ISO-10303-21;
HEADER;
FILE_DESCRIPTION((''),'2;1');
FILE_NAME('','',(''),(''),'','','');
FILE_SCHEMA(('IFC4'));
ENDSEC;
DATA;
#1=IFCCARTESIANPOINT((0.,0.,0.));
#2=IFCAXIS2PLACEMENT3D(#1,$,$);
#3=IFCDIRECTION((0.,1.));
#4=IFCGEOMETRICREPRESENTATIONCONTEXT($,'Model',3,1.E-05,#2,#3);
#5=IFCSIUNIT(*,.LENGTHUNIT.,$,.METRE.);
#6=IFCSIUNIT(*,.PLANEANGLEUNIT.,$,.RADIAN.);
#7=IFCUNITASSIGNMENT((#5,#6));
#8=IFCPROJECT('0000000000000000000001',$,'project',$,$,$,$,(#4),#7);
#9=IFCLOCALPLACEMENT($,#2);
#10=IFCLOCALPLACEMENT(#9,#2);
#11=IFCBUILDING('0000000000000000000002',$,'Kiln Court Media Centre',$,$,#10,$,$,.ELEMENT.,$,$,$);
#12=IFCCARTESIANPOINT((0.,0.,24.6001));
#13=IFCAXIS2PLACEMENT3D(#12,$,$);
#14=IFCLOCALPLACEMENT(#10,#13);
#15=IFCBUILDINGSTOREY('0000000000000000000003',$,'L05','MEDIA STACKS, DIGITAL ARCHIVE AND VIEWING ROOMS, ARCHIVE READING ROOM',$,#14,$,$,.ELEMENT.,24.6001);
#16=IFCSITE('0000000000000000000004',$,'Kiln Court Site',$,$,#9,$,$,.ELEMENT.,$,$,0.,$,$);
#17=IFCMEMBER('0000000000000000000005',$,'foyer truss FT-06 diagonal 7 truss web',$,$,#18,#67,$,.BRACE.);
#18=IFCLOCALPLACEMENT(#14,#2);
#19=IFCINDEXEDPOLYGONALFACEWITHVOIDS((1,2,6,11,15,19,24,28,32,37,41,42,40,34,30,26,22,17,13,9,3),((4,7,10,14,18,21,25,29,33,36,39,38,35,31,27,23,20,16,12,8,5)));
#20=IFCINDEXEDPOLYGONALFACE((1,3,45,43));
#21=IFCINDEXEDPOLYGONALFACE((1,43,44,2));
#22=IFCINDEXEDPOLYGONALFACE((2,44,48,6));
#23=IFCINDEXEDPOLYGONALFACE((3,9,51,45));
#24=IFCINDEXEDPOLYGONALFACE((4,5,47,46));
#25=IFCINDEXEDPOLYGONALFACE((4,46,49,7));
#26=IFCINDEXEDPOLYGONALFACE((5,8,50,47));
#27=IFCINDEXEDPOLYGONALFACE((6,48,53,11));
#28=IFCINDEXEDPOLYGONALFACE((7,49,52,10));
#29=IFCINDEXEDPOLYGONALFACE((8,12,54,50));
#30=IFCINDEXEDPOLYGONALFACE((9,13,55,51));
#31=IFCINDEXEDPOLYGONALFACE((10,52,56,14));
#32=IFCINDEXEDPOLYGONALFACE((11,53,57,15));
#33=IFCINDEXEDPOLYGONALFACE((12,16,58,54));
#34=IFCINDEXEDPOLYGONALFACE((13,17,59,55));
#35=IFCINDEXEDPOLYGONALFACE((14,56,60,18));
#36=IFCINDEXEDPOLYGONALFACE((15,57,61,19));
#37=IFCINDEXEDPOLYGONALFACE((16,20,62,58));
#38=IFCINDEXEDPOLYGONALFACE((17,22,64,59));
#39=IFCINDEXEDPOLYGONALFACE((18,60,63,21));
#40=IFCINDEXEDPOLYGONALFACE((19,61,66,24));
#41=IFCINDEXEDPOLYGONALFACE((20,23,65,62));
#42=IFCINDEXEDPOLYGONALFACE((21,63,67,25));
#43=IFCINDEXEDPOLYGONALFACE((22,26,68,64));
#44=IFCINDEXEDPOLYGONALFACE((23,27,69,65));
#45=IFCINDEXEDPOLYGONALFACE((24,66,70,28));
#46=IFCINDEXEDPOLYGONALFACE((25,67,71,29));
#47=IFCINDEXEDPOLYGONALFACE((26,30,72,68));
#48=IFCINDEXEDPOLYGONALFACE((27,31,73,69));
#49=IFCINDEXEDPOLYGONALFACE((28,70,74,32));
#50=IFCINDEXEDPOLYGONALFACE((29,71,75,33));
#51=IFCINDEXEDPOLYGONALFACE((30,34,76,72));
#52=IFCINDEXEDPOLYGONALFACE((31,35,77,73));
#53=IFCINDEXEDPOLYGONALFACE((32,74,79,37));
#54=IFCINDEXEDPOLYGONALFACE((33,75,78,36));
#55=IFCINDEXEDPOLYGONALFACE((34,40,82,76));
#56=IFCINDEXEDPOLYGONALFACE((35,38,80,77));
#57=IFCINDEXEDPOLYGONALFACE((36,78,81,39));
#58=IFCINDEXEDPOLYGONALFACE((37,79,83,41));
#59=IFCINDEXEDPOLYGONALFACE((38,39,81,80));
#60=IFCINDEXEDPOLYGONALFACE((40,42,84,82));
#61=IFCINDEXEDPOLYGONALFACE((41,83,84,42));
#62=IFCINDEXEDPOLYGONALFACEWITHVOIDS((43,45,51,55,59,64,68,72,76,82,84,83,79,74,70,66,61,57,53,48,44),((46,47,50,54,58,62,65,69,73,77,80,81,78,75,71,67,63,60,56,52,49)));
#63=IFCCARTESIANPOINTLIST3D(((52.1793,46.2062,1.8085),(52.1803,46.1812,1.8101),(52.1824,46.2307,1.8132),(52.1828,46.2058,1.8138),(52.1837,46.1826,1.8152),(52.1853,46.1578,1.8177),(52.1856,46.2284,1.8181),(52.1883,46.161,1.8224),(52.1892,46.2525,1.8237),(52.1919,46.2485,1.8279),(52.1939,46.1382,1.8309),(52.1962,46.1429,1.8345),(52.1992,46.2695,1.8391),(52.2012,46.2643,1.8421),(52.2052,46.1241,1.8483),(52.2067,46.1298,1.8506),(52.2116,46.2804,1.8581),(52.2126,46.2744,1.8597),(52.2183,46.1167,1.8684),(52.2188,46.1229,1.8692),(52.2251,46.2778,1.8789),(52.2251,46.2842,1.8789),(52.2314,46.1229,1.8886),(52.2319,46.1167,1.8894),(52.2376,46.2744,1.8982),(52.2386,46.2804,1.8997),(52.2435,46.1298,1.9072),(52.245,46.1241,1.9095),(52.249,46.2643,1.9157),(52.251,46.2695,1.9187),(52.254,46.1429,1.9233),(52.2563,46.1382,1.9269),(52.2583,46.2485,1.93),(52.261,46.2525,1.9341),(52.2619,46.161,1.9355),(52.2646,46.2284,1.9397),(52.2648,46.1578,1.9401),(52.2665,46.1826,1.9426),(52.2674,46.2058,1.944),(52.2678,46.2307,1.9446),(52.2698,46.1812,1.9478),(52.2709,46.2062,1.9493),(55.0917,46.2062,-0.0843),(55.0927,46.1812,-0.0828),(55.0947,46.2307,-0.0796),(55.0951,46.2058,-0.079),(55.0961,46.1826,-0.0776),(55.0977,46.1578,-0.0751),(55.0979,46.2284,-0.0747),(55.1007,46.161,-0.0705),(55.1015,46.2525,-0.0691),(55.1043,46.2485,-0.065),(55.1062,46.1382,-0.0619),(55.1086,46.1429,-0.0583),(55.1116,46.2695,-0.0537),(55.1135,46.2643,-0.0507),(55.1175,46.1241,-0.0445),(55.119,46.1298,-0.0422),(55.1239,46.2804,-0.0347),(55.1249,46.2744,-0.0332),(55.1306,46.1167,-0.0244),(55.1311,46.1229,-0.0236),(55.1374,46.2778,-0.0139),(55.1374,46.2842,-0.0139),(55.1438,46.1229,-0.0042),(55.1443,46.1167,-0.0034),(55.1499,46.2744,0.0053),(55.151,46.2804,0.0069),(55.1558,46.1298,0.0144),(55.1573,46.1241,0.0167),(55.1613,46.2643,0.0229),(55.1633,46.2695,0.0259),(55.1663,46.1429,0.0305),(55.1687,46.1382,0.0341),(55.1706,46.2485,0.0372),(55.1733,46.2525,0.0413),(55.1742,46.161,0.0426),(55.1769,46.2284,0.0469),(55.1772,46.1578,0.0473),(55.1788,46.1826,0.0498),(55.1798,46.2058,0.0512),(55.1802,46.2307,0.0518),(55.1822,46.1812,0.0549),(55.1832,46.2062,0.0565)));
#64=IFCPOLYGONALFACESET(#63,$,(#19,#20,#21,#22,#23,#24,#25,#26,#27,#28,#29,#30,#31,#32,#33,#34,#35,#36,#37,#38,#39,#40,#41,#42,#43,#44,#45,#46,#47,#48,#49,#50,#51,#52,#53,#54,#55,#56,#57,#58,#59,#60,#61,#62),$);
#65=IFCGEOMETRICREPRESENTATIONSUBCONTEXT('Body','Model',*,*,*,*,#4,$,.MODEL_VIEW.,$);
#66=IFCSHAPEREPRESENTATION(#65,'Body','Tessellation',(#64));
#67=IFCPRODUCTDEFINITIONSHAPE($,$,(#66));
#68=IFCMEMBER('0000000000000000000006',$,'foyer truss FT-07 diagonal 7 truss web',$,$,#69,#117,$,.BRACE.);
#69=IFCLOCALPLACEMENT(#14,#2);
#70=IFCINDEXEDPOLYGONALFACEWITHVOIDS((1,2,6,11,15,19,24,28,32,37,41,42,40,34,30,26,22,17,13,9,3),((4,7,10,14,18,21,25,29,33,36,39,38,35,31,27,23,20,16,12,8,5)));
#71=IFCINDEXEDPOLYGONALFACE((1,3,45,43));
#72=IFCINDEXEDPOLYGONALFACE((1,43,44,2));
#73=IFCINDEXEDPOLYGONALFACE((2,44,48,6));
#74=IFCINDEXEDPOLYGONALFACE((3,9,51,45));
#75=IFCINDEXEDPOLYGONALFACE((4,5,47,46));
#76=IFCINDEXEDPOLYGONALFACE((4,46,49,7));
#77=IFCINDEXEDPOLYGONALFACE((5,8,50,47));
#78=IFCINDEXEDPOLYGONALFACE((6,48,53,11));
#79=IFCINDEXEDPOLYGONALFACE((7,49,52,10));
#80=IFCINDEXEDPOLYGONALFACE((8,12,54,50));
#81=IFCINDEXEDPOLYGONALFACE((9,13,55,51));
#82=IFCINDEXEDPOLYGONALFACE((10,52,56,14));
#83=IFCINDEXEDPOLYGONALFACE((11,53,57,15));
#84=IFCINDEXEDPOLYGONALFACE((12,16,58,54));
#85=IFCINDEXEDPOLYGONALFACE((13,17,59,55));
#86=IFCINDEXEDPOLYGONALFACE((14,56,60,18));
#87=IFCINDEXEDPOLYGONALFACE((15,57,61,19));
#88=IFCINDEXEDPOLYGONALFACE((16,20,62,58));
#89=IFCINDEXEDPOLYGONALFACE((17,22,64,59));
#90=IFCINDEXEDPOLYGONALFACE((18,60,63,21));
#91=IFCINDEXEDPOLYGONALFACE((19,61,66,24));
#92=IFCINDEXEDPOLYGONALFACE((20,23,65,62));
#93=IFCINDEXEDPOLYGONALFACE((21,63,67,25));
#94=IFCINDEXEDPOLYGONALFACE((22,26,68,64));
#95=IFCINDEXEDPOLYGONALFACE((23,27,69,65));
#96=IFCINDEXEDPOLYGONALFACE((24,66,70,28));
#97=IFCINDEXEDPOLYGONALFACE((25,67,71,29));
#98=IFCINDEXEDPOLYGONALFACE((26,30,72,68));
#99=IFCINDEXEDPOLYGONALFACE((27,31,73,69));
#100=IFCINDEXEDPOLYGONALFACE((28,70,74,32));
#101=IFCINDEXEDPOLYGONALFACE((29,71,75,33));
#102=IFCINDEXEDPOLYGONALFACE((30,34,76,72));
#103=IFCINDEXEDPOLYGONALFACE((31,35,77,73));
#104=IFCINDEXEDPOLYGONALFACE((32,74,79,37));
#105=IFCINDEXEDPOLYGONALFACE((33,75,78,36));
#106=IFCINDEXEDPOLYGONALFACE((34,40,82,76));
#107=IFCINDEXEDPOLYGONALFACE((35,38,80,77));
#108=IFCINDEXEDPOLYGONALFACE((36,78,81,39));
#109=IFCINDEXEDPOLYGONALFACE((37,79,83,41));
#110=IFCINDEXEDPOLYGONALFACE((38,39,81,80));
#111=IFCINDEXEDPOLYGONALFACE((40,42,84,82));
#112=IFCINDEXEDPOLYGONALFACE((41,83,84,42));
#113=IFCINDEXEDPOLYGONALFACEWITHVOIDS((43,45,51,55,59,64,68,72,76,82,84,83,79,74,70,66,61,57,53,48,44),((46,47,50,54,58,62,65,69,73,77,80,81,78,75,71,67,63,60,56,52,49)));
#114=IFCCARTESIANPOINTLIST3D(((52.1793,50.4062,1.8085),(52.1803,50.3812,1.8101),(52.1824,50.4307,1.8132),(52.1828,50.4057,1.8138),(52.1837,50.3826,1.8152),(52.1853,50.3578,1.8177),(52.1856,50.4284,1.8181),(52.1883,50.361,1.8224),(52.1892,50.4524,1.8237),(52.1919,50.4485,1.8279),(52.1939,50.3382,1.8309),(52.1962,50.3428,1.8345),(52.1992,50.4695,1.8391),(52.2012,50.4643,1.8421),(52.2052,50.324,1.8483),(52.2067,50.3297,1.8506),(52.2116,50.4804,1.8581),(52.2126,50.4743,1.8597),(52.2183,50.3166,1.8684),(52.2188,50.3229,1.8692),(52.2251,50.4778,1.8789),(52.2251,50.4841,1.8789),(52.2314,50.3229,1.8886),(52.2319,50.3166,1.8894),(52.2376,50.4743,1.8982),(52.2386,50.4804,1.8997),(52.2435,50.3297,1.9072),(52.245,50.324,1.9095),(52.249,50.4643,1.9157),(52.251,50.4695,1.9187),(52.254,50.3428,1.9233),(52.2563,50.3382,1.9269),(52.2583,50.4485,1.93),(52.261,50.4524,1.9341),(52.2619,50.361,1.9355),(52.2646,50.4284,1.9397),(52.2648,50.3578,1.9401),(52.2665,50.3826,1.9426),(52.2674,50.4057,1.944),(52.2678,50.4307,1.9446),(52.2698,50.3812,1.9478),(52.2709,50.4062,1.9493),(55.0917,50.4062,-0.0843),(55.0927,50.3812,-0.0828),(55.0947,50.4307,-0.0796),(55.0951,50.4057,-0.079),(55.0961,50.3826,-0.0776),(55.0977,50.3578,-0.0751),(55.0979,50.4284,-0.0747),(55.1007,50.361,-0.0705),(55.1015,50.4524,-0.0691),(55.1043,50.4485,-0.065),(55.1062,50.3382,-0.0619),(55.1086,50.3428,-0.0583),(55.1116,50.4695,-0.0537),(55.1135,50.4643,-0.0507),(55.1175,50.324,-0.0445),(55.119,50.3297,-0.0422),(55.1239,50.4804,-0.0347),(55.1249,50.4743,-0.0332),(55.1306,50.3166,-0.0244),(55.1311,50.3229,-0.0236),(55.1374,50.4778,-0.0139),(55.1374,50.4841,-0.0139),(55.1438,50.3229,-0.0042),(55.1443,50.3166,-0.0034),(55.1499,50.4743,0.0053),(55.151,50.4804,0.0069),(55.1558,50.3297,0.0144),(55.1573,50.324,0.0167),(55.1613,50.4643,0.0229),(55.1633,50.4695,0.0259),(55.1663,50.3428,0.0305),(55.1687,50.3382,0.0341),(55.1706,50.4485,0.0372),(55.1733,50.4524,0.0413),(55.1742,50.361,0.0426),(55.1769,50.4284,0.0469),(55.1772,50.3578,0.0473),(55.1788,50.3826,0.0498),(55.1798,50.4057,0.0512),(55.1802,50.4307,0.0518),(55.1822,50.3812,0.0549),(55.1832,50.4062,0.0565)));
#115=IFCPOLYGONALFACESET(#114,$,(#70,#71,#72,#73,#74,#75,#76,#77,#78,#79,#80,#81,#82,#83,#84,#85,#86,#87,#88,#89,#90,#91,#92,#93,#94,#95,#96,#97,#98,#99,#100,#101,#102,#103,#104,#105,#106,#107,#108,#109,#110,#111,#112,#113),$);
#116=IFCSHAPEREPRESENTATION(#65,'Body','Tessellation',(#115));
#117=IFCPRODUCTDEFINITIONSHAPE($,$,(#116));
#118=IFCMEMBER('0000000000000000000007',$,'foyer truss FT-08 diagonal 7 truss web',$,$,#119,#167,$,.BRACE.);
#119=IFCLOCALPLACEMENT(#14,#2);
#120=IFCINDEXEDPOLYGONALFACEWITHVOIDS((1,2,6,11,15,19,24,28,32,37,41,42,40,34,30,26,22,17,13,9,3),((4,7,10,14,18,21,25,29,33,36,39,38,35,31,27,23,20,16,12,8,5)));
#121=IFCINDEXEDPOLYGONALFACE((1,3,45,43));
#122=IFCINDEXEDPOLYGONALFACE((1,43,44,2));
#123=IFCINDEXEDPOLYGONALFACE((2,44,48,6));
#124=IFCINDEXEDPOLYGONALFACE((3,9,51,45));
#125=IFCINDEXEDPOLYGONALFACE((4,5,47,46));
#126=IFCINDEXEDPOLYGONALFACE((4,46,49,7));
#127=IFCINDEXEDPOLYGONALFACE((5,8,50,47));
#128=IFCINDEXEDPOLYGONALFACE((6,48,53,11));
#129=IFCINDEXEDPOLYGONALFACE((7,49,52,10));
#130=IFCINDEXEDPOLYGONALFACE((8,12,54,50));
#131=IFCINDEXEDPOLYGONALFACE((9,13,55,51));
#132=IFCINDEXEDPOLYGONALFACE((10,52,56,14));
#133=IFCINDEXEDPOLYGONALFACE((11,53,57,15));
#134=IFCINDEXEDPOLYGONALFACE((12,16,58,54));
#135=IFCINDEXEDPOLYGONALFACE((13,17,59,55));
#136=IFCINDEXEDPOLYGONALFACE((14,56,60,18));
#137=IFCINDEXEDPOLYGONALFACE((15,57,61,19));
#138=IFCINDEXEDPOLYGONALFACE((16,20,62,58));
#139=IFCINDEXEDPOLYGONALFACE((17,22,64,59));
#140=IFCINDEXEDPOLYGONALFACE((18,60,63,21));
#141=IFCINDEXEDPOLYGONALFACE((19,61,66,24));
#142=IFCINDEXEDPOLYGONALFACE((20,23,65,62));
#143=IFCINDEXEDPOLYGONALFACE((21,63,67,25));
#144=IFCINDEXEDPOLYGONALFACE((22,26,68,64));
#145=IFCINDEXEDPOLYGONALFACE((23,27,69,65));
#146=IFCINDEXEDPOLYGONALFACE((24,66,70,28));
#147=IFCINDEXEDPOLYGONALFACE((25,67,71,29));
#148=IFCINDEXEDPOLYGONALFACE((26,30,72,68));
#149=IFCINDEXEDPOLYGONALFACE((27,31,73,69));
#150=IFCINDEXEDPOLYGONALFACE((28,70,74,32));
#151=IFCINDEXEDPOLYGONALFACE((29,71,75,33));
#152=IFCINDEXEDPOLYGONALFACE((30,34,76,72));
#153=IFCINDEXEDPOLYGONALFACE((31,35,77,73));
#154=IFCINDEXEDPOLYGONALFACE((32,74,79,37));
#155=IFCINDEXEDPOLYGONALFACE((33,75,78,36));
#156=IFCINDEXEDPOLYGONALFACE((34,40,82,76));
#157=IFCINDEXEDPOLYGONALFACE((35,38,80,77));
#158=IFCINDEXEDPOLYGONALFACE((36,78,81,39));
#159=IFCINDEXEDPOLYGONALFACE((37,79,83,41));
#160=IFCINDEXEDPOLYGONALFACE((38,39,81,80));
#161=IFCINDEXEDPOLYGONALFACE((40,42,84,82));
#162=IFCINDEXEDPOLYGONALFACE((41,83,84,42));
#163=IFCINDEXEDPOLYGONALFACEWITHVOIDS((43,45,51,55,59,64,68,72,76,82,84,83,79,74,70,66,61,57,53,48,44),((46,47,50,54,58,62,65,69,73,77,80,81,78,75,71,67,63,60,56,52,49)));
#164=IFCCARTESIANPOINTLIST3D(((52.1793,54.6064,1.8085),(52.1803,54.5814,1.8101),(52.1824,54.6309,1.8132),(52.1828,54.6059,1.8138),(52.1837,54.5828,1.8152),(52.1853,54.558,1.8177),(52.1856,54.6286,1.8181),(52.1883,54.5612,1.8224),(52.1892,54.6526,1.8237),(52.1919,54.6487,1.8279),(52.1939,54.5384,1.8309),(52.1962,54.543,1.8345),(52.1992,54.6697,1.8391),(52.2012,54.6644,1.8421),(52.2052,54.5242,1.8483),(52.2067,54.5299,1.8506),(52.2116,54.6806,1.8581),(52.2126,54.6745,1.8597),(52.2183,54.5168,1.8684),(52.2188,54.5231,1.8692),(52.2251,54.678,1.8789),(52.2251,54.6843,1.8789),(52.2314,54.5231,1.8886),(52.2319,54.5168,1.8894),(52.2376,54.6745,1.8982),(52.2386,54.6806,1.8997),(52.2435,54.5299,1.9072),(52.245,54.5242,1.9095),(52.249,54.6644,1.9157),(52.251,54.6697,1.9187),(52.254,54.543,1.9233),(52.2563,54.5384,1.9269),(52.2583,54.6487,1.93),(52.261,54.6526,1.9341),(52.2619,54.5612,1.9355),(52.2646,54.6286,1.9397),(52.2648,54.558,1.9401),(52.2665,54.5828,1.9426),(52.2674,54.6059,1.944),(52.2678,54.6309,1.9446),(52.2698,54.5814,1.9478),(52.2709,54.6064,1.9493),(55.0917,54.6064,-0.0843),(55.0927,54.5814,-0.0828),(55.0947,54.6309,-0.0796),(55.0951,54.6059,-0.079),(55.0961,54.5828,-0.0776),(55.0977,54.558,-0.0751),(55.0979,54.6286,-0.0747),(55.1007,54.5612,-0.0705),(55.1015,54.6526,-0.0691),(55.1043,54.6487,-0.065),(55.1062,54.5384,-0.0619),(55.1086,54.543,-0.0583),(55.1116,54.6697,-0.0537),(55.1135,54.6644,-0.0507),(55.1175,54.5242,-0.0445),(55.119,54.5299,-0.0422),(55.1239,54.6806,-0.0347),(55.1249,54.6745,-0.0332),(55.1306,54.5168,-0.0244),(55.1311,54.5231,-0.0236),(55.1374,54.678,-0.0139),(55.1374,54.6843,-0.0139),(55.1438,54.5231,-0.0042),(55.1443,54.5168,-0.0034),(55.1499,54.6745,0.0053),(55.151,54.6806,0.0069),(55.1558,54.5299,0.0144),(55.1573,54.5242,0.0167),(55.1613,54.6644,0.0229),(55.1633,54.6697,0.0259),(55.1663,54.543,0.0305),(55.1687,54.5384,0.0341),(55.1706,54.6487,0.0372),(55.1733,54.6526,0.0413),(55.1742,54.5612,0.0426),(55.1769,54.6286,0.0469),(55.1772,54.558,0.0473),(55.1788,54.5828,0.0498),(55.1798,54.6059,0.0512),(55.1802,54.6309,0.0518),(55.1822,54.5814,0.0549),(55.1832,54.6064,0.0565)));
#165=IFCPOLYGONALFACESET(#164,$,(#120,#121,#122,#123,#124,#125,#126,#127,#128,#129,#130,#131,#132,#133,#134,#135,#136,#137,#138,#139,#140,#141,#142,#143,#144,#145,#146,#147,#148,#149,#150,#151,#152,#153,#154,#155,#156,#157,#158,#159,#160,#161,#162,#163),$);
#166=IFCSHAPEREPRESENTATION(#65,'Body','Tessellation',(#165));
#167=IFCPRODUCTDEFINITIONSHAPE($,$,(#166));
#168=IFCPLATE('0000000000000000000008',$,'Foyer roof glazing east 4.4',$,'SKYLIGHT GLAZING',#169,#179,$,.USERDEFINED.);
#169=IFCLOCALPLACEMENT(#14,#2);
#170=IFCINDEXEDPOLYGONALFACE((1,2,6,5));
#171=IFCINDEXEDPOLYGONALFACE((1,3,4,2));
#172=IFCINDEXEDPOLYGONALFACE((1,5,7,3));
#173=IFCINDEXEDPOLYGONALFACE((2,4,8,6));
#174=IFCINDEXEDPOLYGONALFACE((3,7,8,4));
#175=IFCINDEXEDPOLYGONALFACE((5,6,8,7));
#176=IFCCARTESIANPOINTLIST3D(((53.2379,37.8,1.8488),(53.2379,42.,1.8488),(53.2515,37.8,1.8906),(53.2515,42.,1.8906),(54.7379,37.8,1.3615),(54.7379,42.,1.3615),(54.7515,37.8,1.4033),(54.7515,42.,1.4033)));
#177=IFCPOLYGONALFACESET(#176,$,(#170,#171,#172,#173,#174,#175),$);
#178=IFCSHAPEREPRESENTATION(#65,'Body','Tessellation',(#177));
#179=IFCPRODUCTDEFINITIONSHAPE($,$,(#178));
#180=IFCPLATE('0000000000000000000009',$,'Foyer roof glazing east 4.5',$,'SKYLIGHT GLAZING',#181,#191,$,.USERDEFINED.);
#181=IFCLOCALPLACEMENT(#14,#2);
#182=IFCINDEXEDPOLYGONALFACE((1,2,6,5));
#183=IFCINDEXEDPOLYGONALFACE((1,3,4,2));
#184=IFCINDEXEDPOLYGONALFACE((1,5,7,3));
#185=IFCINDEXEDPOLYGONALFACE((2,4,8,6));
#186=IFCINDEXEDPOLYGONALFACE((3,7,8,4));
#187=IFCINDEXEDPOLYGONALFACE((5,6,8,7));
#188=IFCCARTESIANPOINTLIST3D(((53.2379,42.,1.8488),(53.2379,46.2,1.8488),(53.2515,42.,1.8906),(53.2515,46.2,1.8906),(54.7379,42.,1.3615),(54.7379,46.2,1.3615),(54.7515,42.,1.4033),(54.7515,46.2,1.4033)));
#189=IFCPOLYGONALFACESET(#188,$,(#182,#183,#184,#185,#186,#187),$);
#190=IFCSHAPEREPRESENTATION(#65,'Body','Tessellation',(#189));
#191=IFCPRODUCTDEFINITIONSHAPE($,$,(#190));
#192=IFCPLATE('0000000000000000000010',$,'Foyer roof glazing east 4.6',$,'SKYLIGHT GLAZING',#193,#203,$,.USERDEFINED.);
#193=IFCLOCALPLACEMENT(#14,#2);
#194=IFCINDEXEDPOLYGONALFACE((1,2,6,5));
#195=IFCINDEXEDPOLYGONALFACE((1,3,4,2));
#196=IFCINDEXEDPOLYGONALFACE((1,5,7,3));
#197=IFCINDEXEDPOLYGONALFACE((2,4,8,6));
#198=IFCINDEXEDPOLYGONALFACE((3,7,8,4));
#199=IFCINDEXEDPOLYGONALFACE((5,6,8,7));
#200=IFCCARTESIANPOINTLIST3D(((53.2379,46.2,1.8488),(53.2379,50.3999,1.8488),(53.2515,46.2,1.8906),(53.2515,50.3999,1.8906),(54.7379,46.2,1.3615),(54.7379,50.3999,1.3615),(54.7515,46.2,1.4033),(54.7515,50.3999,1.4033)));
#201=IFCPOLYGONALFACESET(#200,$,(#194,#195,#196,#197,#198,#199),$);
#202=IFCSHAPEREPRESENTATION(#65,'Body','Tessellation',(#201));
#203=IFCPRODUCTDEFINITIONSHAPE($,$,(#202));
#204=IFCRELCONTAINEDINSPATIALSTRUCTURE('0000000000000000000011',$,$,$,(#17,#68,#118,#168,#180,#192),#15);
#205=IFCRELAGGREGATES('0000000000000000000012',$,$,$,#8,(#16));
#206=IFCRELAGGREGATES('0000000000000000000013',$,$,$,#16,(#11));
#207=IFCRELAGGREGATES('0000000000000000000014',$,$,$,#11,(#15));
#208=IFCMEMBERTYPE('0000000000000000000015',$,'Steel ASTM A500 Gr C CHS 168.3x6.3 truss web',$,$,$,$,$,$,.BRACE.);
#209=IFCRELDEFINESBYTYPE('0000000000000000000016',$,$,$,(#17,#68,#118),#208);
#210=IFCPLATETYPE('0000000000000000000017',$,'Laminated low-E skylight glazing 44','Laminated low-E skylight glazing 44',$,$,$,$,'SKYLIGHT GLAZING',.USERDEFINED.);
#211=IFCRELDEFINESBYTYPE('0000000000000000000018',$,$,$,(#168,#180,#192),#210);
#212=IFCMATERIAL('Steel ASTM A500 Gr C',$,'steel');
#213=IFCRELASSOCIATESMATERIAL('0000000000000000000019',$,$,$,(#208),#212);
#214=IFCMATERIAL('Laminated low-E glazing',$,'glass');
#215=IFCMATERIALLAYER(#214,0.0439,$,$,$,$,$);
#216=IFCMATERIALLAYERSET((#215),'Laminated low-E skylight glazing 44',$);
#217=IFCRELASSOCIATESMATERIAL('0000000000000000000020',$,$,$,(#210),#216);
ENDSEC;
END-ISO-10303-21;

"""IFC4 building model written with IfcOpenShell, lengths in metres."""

from ifc_helpers import new_model, si_unit, direction, frame, origin, origin_2d, place, context, subcontext, project, spatial, polyline, hollow_circle, outline, extrude, material, layer, layer_set, material_profile, profile_set, type_object, element, save


model = new_model("IFC4")

# Units and contexts
model_context = context("Model", 3, precision=1e-05, world=origin(), true_north=direction((0.0, 1.0)))
body_context = subcontext(model_context, "Body", "Model", "MODEL_VIEW")
ifc_project = project(units=[si_unit("LENGTHUNIT", "METRE"), si_unit("PLANEANGLEUNIT", "RADIAN")], contexts=[model_context])

# Site, building, storey
site_placement = place(None, origin())
site = spatial("IfcSite", under=ifc_project, at=site_placement, Name="Kiln Court Site", CompositionType="ELEMENT", RefElevation=0.0)
building_placement = place(site_placement, origin())
building = spatial("IfcBuilding", under=site, at=building_placement, Name="Kiln Court Media Centre", CompositionType="ELEMENT")
storey_placement = place(building_placement, frame((0.0, 0.0, 24.6001)))
storey = spatial("IfcBuildingStorey", under=building, at=storey_placement, Name="L05", Description="MEDIA STACKS, DIGITAL ARCHIVE AND VIEWING ROOMS, ARCHIVE READING ROOM", CompositionType="ELEMENT", Elevation=24.6001)

# Members
ifc_material_1 = material(Name="Steel ASTM A500 Gr C", Category="steel")
ifc_material_profile_1 = material_profile(ifc_material_1, hollow_circle(Radius=0.0842, WallThickness=0.0063, at=origin_2d()), Name="CHS 168.3x6.3")
ifc_profile_set_1 = profile_set([ifc_material_profile_1], Name="Steel ASTM A500 Gr C")
member_type_1 = type_object("IfcMemberType", Name="Steel ASTM A500 Gr C CHS 168.3x6.3 truss web", PredefinedType="BRACE", material=ifc_profile_set_1)
for number, where, z_axis, x_axis, name in (
    (1, (52.2251, 46.2, 1.8789), (0.838471, 0.0, -0.544946), (0.0, 1.0, 0.0), "foyer truss FT-06 diagonal 7 truss web"),
    (2, (52.2251, 50.3999, 1.8789), (0.838471, 0.0, -0.544946), (0.0, 1.0, 0.0), "foyer truss FT-07 diagonal 7 truss web"),
    (3, (52.2251, 54.6001, 1.8789), (0.838471, 0.0, -0.544946), (0.0, 1.0, 0.0), "foyer truss FT-08 diagonal 7 truss web"),
):
    element("IfcMember", number, at=place(storey_placement, frame(where, z_axis=z_axis, x_axis=x_axis)), inside=storey, type_object=member_type_1, Name=name, PredefinedType="BRACE", context=body_context, shape_type="SweptSolid", body=[
        extrude(hollow_circle(Radius=0.0842, WallThickness=0.0063, at=origin_2d()), origin(), (0.0, 0.0, 1.0), 3.4734),
    ])

# Plates
ifc_material_2 = material(Name="Laminated low-E glazing", Category="glass")
ifc_layer_1 = layer(ifc_material_2, 0.0439)
ifc_layer_set_1 = layer_set([ifc_layer_1], Name="Laminated low-E skylight glazing 44")
plate_type_1 = type_object("IfcPlateType", Name="Laminated low-E skylight glazing 44", Description="Laminated low-E skylight glazing 44", ElementType="SKYLIGHT GLAZING", PredefinedType="USERDEFINED", material=ifc_layer_set_1)
for number, where, z_axis, x_axis, name in (
    (4, (54.7515, 42.0, 1.4033), (0.308974, 0.0, 0.95107), (-0.95107, 0.0, 0.308974), "Foyer roof glazing east 4.4"),
    (5, (54.7515, 46.2, 1.4033), (0.308974, 0.0, 0.95107), (-0.95107, 0.0, 0.308974), "Foyer roof glazing east 4.5"),
    (6, (54.7515, 50.3999, 1.4033), (0.308974, 0.0, 0.95107), (-0.95107, 0.0, 0.308974), "Foyer roof glazing east 4.6"),
):
    element("IfcPlate", number, at=place(storey_placement, frame(where, z_axis=z_axis, x_axis=x_axis)), inside=storey, type_object=plate_type_1, Name=name, ObjectType="SKYLIGHT GLAZING", PredefinedType="USERDEFINED", context=body_context, shape_type="SweptSolid", body=[
        extrude(outline(polyline([(0.0, 0.0), (1.5772, 0.0), (1.5772, 4.2), (0.0, 4.2), (0.0, 0.0)])), origin(), (0.0, 0.0, -1.0), 0.0439),
    ])

save(model, "model.ifc")
